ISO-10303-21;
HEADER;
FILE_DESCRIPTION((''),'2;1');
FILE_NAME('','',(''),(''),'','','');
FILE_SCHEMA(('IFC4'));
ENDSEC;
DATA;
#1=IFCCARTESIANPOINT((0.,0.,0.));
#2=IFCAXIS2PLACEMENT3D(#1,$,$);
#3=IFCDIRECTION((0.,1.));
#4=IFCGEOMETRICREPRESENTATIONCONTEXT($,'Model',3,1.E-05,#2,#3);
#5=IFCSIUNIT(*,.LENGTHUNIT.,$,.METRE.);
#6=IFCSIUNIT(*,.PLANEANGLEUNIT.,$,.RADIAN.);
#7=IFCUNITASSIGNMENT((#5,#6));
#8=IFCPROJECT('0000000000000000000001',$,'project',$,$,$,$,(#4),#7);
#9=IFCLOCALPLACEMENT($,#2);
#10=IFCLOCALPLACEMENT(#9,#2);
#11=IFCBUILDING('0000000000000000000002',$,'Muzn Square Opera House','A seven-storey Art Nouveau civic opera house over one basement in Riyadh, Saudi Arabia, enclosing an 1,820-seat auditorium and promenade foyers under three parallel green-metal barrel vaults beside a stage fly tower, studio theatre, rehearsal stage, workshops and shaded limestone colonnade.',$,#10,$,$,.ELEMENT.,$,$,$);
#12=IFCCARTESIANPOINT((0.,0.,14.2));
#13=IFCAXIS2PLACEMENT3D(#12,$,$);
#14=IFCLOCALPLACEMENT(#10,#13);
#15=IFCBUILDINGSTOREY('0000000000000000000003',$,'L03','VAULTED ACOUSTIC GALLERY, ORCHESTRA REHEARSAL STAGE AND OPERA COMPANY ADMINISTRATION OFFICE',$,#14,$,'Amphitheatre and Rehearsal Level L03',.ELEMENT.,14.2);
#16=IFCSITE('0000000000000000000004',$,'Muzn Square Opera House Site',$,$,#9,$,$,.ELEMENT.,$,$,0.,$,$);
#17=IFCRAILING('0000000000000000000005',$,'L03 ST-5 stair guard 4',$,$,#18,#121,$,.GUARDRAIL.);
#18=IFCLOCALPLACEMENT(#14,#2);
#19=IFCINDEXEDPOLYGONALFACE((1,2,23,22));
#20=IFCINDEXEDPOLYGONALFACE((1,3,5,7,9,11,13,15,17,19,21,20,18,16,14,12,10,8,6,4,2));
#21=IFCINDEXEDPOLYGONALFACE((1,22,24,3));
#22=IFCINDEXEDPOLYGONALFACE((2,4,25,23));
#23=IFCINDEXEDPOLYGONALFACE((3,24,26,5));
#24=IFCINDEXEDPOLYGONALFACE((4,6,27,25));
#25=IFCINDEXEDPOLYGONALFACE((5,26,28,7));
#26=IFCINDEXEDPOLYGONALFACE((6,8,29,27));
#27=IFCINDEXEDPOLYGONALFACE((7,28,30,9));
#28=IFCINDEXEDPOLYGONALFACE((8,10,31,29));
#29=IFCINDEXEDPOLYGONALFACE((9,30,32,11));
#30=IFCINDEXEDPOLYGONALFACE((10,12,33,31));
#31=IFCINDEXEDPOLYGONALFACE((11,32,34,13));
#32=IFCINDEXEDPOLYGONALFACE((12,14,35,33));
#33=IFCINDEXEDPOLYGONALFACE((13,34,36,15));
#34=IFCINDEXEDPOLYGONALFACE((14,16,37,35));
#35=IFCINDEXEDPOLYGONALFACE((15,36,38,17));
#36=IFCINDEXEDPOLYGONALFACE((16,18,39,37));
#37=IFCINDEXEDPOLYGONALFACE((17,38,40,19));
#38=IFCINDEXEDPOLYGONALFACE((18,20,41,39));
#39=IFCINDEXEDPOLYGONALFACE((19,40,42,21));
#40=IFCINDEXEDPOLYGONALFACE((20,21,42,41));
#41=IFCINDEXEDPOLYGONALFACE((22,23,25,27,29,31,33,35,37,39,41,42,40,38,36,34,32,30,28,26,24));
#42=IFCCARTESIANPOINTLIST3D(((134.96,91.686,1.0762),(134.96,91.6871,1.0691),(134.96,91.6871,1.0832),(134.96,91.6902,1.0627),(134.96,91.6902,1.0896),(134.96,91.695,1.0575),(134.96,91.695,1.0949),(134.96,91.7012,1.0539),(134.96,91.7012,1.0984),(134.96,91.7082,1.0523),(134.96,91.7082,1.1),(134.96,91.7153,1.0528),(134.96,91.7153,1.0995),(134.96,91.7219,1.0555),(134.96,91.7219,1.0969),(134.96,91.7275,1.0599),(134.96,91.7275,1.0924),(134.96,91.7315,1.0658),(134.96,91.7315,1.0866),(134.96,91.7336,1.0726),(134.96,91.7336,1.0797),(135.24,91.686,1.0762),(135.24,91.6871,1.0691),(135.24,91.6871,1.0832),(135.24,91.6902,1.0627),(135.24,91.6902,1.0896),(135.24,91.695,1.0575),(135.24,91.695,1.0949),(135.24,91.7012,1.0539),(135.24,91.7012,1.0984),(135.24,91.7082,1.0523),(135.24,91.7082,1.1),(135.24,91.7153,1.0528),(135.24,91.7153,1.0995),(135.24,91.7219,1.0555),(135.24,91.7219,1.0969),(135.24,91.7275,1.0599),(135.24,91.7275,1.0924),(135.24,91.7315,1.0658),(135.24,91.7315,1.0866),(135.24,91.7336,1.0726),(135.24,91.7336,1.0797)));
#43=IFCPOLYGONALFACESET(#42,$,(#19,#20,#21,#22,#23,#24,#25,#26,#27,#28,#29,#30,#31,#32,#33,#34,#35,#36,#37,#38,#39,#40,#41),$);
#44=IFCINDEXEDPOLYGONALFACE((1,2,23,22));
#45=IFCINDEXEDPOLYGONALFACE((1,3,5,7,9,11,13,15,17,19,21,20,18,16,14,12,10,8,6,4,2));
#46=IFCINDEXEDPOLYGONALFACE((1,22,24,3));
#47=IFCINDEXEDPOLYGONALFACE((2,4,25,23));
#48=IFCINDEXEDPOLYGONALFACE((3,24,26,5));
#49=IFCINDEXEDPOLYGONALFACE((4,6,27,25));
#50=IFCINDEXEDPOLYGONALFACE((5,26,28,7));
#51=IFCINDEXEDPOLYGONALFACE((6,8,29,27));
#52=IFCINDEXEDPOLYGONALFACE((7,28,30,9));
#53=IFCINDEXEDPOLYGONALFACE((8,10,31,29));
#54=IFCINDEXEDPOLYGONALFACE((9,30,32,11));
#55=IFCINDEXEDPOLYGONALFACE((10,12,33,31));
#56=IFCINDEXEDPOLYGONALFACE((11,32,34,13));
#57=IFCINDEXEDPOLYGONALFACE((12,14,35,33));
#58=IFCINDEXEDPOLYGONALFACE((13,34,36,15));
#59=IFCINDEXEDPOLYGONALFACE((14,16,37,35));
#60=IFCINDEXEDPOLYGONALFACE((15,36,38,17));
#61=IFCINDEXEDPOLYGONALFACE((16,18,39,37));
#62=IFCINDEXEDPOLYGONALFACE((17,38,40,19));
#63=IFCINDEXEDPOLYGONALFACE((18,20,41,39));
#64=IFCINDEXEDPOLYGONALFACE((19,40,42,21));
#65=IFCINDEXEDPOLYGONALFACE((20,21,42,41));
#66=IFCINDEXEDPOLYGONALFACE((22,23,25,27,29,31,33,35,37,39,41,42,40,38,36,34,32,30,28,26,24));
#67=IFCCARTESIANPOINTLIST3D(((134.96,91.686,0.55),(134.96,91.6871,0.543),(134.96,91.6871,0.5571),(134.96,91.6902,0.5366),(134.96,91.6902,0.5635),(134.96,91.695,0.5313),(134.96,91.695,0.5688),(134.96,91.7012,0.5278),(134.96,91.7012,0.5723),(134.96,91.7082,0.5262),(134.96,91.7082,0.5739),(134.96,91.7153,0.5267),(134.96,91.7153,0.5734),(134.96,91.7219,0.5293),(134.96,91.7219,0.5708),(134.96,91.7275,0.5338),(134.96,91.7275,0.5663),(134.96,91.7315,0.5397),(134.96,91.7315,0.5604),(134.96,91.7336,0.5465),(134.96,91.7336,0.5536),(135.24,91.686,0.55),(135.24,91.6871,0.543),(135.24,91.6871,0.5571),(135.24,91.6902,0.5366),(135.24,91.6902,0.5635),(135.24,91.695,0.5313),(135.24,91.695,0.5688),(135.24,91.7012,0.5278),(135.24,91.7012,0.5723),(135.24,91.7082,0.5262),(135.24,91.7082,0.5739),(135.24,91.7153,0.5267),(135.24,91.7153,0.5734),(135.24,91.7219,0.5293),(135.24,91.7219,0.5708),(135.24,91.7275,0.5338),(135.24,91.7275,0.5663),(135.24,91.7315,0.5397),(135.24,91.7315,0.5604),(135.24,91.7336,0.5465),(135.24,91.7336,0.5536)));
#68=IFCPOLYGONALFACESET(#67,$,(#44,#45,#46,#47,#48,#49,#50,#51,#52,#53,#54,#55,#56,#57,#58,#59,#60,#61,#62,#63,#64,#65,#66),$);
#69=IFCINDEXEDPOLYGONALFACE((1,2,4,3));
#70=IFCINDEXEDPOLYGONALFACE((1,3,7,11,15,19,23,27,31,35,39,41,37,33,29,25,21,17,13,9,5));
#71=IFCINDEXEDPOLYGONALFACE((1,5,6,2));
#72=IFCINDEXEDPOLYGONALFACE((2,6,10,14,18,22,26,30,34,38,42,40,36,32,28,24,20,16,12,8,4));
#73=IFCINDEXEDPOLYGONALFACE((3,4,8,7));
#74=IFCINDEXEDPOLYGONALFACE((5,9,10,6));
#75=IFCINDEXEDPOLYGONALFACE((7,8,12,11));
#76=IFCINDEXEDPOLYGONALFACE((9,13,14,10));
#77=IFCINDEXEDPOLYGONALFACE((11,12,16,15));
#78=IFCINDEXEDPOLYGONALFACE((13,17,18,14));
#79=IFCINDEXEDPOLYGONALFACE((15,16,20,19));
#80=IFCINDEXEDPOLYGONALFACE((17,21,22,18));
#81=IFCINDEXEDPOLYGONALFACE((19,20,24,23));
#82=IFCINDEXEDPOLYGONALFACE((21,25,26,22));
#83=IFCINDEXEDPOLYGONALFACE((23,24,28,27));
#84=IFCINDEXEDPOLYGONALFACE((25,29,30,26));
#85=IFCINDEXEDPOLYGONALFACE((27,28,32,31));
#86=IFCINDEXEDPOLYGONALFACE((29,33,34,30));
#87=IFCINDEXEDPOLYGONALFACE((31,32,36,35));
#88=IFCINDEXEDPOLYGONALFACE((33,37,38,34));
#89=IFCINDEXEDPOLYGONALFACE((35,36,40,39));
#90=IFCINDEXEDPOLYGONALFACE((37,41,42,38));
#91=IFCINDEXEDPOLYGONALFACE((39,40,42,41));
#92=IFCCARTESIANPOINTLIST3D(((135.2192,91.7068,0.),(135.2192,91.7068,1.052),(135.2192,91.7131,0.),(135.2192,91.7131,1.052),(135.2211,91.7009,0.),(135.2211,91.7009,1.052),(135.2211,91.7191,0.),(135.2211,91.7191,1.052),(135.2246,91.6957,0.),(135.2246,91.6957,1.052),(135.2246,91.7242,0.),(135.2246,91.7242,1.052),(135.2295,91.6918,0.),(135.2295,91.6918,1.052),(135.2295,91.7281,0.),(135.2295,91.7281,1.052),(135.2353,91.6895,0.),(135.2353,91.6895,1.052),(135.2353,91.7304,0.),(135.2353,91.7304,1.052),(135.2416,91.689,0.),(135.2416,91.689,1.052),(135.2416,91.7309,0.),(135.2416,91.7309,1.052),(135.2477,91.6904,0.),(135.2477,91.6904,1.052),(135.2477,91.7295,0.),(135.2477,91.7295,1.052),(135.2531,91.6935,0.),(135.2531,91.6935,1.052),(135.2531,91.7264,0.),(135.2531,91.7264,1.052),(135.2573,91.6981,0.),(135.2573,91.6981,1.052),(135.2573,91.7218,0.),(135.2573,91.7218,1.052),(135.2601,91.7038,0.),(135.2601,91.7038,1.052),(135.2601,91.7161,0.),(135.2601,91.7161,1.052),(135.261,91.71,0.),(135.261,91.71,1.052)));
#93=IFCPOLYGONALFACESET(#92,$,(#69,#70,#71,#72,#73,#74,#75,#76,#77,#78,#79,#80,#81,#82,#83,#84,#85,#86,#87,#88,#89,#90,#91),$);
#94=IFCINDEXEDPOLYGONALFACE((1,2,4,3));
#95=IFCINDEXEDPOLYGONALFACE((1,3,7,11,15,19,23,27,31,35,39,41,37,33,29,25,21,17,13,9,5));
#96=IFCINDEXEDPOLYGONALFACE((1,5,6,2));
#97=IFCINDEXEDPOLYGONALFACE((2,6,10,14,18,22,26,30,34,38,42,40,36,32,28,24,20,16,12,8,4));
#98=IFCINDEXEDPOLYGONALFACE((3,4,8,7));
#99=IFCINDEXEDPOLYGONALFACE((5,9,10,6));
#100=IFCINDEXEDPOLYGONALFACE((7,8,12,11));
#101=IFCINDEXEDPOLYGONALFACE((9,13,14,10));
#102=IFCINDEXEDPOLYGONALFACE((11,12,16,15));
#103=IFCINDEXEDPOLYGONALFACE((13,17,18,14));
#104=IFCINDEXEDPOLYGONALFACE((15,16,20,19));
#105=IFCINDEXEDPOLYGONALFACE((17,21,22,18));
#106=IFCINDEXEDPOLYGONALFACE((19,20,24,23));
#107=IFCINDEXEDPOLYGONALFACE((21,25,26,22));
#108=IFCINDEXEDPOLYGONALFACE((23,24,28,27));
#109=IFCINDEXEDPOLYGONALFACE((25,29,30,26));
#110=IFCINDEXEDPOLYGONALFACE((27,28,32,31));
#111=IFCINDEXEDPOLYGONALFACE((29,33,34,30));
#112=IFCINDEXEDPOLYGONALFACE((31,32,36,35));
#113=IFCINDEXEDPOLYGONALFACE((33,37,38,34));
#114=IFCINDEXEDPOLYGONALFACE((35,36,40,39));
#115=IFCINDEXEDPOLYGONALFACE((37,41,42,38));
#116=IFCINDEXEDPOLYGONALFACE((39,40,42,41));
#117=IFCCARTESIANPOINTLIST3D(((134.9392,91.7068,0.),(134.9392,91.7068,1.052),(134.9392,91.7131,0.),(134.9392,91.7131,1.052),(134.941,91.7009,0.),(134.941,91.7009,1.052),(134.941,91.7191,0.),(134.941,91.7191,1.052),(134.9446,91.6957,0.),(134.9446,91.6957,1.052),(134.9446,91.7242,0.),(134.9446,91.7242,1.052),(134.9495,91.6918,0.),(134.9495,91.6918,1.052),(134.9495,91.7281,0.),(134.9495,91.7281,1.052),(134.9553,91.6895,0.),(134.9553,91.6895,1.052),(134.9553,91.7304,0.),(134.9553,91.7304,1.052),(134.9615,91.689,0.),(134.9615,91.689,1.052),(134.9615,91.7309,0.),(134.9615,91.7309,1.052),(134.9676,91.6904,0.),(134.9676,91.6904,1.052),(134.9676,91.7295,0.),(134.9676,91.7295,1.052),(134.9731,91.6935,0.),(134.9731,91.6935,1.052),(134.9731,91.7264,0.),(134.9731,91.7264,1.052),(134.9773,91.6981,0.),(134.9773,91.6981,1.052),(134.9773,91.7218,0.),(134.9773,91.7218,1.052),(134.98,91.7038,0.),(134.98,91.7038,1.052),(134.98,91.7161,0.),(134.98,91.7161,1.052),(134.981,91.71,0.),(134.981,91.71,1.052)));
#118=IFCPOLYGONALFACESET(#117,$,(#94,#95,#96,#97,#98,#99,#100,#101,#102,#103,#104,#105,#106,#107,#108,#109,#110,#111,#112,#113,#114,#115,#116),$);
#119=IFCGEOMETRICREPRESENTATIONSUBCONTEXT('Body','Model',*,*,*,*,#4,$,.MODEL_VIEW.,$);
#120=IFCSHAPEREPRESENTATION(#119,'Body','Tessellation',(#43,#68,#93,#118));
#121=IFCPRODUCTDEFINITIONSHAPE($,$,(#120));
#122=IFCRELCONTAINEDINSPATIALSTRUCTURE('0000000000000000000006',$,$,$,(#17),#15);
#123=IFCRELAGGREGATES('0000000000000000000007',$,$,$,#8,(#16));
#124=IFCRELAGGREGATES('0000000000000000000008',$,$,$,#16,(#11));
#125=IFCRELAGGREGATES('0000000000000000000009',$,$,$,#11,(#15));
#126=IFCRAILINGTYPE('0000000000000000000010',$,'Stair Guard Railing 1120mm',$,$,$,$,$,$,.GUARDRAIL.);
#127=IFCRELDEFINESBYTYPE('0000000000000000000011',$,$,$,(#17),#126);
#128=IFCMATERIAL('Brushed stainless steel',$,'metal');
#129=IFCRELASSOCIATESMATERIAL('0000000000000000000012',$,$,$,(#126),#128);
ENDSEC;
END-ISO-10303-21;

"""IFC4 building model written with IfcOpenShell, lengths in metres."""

from ifc_helpers import new_model, si_unit, direction, frame, origin, origin_2d, place, context, subcontext, project, spatial, circle, extrude, material, type_object, element, save


model = new_model("IFC4")

# Units and contexts
model_context = context("Model", 3, precision=1e-05, world=origin(), true_north=direction((0.0, 1.0)))
body_context = subcontext(model_context, "Body", "Model", "MODEL_VIEW")
ifc_project = project(units=[si_unit("LENGTHUNIT", "METRE"), si_unit("PLANEANGLEUNIT", "RADIAN")], contexts=[model_context])

# Site, building, storey
site_placement = place(None, origin())
site = spatial("IfcSite", under=ifc_project, at=site_placement, Name="Muzn Square Opera House Site", CompositionType="ELEMENT", RefElevation=0.0)
building_placement = place(site_placement, origin())
building = spatial("IfcBuilding", under=site, at=building_placement, Name="Muzn Square Opera House", Description="A seven-storey Art Nouveau civic opera house over one basement in Riyadh, Saudi Arabia, enclosing an 1,820-seat auditorium and promenade foyers under three parallel green-metal barrel vaults beside a stage fly tower, studio theatre, rehearsal stage, workshops and shaded limestone colonnade.", CompositionType="ELEMENT")
storey_placement = place(building_placement, frame((0.0, 0.0, 14.2)))
storey = spatial("IfcBuildingStorey", under=building, at=storey_placement, Name="L03", Description="VAULTED ACOUSTIC GALLERY, ORCHESTRA REHEARSAL STAGE AND OPERA COMPANY ADMINISTRATION OFFICE", LongName="Amphitheatre and Rehearsal Level L03", CompositionType="ELEMENT", Elevation=14.2)

# Railing
ifc_material_1 = material(Name="Brushed stainless steel", Category="metal")
railing_type_1 = type_object("IfcRailingType", Name="Stair Guard Railing 1120mm", PredefinedType="GUARDRAIL", material=ifc_material_1)
railing_1_placement = place(storey_placement, frame((135.24, 91.71, 0.0)))
element("IfcRailing", 1, at=railing_1_placement, inside=storey, type_object=railing_type_1, Name="L03 ST-5 stair guard 4", PredefinedType="GUARDRAIL", context=body_context, shape_type="SweptSolid", body=[
    extrude(circle(Radius=0.0239, at=origin_2d()), frame((0.0, 0.0, 1.0762), z_axis=(-1.0, 0.0, 0.0), x_axis=(0.0, -1.0, 0.0)), (0.0, 0.0, 1.0), 0.28),
    extrude(circle(Radius=0.0239, at=origin_2d()), frame((0.0, 0.0, 0.55), z_axis=(-1.0, 0.0, 0.0), x_axis=(0.0, -1.0, 0.0)), (0.0, 0.0, 1.0), 0.28),
    extrude(circle(Radius=0.021, at=origin_2d()), origin(), (0.0, 0.0, 1.0), 1.052),
    extrude(circle(Radius=0.021, at=origin_2d()), frame((-0.28, 0.0, 0.0)), (0.0, 0.0, 1.0), 1.052),
])

save(model, "model.ifc")
